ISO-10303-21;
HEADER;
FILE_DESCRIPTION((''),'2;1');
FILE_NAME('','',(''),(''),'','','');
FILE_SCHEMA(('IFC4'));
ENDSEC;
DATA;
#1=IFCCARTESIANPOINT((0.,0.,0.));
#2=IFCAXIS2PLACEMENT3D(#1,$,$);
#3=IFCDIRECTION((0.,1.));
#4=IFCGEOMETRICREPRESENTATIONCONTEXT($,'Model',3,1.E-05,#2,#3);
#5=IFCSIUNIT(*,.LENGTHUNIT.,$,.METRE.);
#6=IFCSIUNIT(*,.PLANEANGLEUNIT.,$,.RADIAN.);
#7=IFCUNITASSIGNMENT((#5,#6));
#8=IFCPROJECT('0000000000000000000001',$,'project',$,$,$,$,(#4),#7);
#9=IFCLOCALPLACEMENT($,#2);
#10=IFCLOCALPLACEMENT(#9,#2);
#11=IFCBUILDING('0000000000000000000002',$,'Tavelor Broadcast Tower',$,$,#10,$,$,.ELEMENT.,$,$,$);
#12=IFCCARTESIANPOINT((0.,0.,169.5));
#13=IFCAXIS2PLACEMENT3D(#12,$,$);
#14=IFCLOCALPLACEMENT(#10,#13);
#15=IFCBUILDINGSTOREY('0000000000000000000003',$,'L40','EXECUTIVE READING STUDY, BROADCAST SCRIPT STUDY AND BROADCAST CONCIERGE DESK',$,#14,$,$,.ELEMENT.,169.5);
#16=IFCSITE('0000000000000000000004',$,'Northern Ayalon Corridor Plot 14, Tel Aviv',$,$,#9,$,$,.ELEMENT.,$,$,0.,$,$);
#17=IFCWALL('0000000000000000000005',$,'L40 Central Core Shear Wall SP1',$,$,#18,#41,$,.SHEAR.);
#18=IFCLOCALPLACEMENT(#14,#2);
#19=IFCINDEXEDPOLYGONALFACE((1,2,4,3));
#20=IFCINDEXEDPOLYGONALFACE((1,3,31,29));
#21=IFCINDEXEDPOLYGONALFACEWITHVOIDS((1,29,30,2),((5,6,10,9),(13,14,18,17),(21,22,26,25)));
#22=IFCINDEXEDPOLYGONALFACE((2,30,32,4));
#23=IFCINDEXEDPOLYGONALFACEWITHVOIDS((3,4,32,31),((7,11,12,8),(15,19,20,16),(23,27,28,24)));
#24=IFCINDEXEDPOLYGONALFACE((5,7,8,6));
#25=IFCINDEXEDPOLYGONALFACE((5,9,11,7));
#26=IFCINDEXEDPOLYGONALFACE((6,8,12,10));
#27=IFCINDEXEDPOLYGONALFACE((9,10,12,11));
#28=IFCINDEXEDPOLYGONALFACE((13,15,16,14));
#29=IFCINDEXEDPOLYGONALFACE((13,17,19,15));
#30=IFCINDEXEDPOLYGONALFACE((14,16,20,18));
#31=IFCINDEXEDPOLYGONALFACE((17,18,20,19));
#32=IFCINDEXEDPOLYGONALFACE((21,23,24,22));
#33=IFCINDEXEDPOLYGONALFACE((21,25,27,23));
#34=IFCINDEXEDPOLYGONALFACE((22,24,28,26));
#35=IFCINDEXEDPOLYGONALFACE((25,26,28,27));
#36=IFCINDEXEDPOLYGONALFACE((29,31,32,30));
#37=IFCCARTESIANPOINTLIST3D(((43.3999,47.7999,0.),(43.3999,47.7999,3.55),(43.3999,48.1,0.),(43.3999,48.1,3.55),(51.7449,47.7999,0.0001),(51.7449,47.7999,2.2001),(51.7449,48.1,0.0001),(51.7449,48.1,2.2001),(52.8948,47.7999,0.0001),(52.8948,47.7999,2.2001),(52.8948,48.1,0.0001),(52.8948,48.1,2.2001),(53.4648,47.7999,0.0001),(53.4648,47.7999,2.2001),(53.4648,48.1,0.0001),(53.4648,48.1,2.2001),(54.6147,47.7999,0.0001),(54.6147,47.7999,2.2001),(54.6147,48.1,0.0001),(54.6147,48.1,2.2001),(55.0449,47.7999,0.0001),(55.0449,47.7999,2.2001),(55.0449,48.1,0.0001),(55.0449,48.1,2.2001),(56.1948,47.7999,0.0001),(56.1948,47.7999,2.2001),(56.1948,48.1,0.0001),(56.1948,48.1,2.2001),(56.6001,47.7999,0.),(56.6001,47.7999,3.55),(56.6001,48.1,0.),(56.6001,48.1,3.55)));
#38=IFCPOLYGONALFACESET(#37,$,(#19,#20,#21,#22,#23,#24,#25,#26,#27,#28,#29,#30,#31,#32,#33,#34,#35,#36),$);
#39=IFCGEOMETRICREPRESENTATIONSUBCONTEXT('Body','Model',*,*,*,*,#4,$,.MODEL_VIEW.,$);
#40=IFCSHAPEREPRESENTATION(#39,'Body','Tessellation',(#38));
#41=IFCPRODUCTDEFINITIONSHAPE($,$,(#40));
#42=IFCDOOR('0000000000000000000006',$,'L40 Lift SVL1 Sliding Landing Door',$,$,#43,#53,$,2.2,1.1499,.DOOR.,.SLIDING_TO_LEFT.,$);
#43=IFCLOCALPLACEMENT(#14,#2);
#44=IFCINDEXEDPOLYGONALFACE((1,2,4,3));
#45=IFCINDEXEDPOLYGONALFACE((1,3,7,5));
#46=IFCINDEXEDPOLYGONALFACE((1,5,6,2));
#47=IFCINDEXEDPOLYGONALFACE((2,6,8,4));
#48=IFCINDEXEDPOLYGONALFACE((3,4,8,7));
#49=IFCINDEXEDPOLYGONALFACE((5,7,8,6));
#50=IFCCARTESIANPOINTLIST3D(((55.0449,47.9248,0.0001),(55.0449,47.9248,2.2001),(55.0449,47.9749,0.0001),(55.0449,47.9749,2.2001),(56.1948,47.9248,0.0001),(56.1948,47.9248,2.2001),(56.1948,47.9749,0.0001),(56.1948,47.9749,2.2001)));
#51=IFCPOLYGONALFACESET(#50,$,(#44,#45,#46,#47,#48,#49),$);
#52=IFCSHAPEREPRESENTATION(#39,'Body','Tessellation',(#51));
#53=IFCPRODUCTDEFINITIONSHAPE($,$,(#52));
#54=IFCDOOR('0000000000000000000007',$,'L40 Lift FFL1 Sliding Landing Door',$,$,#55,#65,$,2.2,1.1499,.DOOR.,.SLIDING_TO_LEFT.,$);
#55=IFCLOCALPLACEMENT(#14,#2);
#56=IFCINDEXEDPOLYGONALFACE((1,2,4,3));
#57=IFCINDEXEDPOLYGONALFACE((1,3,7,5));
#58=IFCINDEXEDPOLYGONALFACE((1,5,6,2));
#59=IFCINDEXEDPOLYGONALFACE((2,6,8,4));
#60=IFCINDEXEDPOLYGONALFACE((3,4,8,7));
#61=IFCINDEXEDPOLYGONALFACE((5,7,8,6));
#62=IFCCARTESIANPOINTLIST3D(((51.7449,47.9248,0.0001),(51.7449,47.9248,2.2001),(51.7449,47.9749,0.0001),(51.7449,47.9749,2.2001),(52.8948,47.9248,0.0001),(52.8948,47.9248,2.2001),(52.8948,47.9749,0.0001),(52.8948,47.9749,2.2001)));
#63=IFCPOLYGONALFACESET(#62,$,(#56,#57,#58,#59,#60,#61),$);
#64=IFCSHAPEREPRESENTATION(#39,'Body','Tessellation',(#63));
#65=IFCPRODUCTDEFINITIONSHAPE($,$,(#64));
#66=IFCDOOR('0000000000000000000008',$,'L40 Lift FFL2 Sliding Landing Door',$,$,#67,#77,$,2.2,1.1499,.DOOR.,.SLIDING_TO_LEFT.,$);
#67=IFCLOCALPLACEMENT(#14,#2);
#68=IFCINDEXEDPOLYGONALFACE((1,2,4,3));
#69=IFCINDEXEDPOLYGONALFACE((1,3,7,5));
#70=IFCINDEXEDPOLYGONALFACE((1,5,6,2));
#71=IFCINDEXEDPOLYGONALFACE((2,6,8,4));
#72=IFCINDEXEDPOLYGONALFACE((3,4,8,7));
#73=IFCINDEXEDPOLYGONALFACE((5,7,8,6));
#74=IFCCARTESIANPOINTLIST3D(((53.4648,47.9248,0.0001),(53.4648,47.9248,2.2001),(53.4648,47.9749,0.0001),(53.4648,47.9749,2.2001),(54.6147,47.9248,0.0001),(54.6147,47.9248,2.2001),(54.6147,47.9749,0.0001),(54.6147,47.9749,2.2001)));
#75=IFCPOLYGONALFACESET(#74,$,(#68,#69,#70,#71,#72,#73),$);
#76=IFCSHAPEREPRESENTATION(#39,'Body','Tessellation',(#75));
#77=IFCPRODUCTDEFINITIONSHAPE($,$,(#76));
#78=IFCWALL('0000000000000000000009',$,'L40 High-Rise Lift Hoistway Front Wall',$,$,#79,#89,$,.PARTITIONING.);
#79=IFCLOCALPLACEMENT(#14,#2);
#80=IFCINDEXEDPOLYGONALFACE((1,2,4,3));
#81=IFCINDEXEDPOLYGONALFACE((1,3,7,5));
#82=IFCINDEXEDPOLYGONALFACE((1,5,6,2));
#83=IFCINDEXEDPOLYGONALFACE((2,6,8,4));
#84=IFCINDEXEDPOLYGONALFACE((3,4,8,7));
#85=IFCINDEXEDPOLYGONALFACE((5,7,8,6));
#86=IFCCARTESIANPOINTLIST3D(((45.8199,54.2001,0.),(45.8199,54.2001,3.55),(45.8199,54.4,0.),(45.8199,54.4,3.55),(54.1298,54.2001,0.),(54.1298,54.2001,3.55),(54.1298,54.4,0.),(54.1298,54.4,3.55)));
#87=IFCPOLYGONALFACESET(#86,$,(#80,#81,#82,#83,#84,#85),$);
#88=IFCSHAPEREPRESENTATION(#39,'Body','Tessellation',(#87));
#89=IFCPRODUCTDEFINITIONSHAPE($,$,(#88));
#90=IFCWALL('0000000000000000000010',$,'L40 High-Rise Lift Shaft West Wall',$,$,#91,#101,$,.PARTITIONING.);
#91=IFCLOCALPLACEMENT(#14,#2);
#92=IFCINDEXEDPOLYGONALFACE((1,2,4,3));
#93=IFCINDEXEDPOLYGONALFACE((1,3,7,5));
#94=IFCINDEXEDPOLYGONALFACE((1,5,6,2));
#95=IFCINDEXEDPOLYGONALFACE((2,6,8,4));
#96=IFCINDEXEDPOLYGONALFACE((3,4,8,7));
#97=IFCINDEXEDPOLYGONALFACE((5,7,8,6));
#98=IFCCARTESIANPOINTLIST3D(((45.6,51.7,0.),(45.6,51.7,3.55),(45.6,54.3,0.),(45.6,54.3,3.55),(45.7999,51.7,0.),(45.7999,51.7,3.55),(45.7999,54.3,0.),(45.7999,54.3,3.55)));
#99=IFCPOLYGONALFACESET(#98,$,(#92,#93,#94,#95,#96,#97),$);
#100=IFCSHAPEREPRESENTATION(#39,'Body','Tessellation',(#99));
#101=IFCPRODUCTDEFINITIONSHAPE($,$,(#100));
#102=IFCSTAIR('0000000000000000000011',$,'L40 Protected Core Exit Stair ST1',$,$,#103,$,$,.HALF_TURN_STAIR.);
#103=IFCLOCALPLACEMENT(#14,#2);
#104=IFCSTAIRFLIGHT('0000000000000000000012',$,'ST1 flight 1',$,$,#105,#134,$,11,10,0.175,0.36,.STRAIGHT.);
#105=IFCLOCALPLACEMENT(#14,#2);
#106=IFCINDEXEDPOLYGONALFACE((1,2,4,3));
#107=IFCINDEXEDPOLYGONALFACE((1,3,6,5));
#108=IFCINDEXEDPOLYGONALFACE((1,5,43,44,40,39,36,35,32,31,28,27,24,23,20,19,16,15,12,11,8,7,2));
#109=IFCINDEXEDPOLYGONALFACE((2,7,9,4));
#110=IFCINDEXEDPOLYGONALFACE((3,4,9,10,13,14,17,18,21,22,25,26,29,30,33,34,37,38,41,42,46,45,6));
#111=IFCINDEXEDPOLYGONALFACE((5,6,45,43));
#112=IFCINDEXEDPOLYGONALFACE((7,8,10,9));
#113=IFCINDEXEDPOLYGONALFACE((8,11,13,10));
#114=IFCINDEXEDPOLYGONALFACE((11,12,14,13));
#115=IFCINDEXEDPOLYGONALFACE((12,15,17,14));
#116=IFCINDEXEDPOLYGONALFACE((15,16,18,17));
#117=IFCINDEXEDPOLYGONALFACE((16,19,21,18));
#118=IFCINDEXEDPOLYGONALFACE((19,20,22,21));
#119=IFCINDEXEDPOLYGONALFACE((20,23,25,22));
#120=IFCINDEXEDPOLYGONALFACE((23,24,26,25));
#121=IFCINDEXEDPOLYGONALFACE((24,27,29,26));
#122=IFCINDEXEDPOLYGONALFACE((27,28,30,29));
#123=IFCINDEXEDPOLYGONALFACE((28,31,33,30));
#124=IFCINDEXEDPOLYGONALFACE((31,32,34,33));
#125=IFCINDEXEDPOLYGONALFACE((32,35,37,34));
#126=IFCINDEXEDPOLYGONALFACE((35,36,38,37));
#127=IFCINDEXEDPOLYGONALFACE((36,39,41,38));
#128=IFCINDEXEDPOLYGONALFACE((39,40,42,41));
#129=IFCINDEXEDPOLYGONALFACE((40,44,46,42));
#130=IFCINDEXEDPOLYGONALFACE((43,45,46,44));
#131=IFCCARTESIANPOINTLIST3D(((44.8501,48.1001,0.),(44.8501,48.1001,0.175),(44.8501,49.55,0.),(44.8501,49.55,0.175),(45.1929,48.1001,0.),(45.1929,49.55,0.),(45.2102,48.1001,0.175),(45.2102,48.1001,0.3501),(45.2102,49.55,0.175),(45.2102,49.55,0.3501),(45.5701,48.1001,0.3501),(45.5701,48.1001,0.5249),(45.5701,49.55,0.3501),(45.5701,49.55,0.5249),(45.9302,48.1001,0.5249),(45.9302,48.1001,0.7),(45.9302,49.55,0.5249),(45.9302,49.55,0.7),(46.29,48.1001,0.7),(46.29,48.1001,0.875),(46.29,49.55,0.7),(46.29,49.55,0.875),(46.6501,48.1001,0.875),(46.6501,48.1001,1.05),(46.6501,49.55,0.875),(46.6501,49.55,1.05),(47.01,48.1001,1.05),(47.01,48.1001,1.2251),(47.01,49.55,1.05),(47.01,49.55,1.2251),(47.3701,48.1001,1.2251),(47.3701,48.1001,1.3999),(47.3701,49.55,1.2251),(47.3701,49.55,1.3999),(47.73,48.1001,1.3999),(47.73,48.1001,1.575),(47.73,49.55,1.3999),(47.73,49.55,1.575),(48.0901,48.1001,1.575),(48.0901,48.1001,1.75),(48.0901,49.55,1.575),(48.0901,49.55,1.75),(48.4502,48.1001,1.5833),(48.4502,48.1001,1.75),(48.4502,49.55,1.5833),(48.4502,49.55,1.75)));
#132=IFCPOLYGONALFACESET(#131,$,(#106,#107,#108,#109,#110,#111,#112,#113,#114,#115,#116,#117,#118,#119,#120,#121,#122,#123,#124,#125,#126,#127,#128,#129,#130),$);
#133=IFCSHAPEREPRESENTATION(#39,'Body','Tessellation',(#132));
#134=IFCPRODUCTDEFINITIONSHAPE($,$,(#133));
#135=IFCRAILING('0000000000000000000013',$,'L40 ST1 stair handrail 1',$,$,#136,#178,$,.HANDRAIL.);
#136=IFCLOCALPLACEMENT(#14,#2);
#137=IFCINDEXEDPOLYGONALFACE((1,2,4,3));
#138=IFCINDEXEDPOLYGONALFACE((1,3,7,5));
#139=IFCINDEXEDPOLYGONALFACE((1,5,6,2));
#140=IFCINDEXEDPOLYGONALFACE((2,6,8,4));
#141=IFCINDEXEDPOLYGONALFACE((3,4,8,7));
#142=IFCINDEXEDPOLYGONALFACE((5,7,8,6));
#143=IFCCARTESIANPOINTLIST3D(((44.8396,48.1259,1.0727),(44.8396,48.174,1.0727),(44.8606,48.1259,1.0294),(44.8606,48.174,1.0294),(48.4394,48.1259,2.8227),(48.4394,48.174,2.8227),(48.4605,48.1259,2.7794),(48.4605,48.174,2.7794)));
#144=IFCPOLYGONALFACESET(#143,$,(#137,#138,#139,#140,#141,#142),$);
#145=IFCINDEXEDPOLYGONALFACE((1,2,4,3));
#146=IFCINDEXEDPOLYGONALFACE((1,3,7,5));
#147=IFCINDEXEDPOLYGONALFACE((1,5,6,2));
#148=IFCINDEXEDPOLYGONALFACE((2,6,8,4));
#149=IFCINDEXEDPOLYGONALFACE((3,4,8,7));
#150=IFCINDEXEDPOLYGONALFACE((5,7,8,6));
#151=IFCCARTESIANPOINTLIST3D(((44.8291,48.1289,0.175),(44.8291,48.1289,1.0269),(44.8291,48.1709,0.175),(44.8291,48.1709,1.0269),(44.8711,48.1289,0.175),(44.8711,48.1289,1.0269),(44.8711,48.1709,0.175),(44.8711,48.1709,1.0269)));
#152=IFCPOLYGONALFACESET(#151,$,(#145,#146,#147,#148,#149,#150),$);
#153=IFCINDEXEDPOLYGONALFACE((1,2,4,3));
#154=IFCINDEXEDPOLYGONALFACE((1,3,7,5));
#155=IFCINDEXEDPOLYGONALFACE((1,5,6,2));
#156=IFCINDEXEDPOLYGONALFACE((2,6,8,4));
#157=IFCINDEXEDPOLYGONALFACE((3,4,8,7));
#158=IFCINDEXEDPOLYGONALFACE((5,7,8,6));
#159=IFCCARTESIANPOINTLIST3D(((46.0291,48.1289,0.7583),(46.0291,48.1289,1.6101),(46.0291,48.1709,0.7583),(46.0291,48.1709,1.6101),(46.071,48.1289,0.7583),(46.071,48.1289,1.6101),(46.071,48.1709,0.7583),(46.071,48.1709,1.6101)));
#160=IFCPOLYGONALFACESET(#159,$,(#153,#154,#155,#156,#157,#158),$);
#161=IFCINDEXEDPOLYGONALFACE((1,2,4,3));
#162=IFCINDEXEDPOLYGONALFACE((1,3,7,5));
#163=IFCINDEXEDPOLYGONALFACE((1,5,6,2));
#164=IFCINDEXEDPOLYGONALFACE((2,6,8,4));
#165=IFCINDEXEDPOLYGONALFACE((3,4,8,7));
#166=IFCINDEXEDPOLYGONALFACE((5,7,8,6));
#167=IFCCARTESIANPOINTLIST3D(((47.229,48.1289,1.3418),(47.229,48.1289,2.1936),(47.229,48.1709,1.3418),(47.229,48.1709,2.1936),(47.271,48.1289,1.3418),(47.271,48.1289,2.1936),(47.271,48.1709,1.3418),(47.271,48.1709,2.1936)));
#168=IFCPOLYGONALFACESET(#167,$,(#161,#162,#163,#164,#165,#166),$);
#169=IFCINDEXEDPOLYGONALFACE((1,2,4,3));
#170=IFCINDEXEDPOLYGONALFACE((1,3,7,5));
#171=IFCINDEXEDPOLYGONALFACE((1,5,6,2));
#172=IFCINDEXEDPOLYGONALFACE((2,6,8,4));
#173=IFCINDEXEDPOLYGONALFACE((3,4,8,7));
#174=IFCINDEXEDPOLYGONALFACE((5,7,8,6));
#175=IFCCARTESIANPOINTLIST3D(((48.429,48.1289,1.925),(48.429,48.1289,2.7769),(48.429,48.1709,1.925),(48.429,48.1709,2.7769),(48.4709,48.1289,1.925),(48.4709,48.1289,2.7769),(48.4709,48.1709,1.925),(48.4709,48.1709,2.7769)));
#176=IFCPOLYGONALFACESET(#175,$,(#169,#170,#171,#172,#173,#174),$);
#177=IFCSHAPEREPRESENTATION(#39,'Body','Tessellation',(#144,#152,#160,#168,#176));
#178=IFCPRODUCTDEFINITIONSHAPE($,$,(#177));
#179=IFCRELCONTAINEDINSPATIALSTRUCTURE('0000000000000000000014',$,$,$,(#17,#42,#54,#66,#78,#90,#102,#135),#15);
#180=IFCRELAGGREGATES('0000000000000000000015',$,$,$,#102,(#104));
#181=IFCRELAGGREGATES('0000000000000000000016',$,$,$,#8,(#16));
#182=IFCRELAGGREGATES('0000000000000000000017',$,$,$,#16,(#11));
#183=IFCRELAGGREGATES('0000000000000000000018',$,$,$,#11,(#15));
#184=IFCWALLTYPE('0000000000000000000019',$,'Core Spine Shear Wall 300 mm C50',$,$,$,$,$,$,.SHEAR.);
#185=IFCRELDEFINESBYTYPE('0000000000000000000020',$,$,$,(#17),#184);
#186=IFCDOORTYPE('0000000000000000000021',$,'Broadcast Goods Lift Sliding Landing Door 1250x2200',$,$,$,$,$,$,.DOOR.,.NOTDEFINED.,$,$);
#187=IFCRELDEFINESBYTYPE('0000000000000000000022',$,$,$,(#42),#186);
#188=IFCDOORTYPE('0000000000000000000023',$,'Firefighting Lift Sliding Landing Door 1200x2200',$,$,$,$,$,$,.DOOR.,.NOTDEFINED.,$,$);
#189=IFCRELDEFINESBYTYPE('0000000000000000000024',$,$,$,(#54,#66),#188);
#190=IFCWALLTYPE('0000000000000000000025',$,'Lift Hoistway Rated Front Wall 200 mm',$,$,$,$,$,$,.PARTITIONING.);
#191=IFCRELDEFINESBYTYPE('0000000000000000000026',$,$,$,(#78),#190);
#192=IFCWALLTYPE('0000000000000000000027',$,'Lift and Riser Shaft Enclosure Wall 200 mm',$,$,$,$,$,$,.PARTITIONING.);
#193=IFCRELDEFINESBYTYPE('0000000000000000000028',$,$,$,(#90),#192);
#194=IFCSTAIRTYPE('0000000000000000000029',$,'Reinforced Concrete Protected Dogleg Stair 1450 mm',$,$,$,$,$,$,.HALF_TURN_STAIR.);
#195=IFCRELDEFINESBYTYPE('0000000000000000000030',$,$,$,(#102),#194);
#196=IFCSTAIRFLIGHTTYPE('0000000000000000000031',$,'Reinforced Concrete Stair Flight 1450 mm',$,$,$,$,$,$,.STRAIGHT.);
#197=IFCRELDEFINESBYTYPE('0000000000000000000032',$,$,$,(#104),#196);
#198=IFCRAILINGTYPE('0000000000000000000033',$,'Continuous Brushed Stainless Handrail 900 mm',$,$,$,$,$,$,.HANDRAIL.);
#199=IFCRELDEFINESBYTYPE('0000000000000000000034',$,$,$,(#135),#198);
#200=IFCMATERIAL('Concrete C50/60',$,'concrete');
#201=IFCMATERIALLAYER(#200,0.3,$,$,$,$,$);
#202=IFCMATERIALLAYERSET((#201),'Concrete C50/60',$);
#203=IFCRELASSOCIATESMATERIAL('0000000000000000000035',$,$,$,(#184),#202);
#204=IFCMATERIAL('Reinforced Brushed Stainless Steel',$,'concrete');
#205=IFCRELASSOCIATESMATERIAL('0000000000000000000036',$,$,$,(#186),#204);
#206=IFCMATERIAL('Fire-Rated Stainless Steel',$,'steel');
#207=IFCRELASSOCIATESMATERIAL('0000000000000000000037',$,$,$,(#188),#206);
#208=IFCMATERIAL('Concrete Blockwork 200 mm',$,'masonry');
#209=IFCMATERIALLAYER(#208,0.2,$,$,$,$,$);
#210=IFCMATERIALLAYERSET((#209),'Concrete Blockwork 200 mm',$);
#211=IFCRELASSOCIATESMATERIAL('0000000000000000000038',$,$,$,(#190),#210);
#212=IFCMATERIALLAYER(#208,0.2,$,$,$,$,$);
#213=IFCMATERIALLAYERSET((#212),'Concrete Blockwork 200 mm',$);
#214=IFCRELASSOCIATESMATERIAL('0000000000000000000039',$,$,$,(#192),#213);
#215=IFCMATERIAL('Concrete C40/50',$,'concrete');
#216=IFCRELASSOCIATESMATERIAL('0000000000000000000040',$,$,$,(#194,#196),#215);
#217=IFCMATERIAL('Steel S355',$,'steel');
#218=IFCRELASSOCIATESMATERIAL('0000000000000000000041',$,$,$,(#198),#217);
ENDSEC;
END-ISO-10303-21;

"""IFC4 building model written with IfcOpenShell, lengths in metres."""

from ifc_helpers import new_model, si_unit, direction, frame, frame_2d, origin, origin_2d, place, context, subcontext, project, spatial, polyline, rectangle, outline, extrude, material, layer, layer_set, type_object, element, fill, aggregate, save


model = new_model("IFC4")

# Units and contexts
model_context = context("Model", 3, precision=1e-05, world=origin(), true_north=direction((0.0, 1.0)))
body_context = subcontext(model_context, "Body", "Model", "MODEL_VIEW")
ifc_project = project(units=[si_unit("LENGTHUNIT", "METRE"), si_unit("PLANEANGLEUNIT", "RADIAN")], contexts=[model_context])

# Site, building, storey
site_placement = place(None, origin())
site = spatial("IfcSite", under=ifc_project, at=site_placement, Name="Northern Ayalon Corridor Plot 14, Tel Aviv", CompositionType="ELEMENT", RefElevation=0.0)
building_placement = place(site_placement, origin())
building = spatial("IfcBuilding", under=site, at=building_placement, Name="Tavelor Broadcast Tower", CompositionType="ELEMENT")
storey_placement = place(building_placement, frame((0.0, 0.0, 169.5)))
storey = spatial("IfcBuildingStorey", under=building, at=storey_placement, Name="L40", Description="EXECUTIVE READING STUDY, BROADCAST SCRIPT STUDY AND BROADCAST CONCIERGE DESK", CompositionType="ELEMENT", Elevation=169.5)

# Shared definitions
ifc_material_1 = material(Name="Steel S355", Category="steel")

# Shared definitions
ifc_material_2 = material(Name="Concrete C50/60", Category="concrete")

# Wall, openings, doors
ifc_layer_1 = layer(ifc_material_2, 0.3)
ifc_layer_set_1 = layer_set([ifc_layer_1], Name="Concrete C50/60")
wall_type_1 = type_object("IfcWallType", Name="Core Spine Shear Wall 300 mm C50", PredefinedType="SHEAR", material=ifc_layer_set_1)
wall_1_placement = place(storey_placement, frame((43.3999, 47.95, 0.0), z_axis=(0.0, 0.0, 1.0), x_axis=(1.0, 0.0, 0.0)))
wall_1 = element("IfcWall", 1, at=wall_1_placement, inside=storey, type_object=wall_type_1, Name="L40 Central Core Shear Wall SP1", PredefinedType="SHEAR", context=body_context, shape_type="SweptSolid", body=[
    extrude(rectangle(XDim=13.2002, YDim=0.3, at=frame_2d((6.6001, 0.0))), origin(), (0.0, 0.0, 1.0), 3.55),
])
opening_1_placement = place(wall_1_placement, frame((8.345, 0.0, 0.0)))
opening_1 = element("IfcOpeningElement", 2, at=opening_1_placement, cuts=wall_1, PredefinedType="OPENING", context=body_context, shape_type="SweptSolid", body=[
    extrude(rectangle(XDim=1.1499, YDim=2.2, at=frame_2d((0.575, 1.1001))), frame((0.0, 0.1602, 0.0), z_axis=(0.0, -1.0, 0.0), x_axis=(1.0, 0.0, 0.0)), (0.0, 0.0, 1.0), 0.3201),
])
opening_2_placement = place(wall_1_placement, frame((10.0649, 0.0, 0.0)))
opening_2 = element("IfcOpeningElement", 3, at=opening_2_placement, cuts=wall_1, PredefinedType="OPENING", context=body_context, shape_type="SweptSolid", body=[
    extrude(rectangle(XDim=1.1499, YDim=2.2, at=frame_2d((0.575, 1.1001))), frame((0.0, 0.1602, 0.0), z_axis=(0.0, -1.0, 0.0), x_axis=(1.0, 0.0, 0.0)), (0.0, 0.0, 1.0), 0.3201),
])
opening_3_placement = place(wall_1_placement, frame((11.645, 0.0, 0.0)))
opening_3 = element("IfcOpeningElement", 4, at=opening_3_placement, cuts=wall_1, PredefinedType="OPENING", context=body_context, shape_type="SweptSolid", body=[
    extrude(rectangle(XDim=1.1499, YDim=2.2, at=frame_2d((0.575, 1.1001))), frame((0.0, 0.1602, 0.0), z_axis=(0.0, -1.0, 0.0), x_axis=(1.0, 0.0, 0.0)), (0.0, 0.0, 1.0), 0.3201),
])
ifc_material_3 = material(Name="Reinforced Brushed Stainless Steel", Category="concrete")
door_type_1 = type_object("IfcDoorType", Name="Broadcast Goods Lift Sliding Landing Door 1250x2200", OperationType="NOTDEFINED", PredefinedType="DOOR", material=ifc_material_3)
door_1_placement = place(opening_3_placement, origin())
door_1 = element("IfcDoor", 5, at=door_1_placement, inside=storey, type_object=door_type_1, Name="L40 Lift SVL1 Sliding Landing Door", OperationType="SLIDING_TO_LEFT", OverallHeight=2.2, OverallWidth=1.1499, PredefinedType="DOOR", context=body_context, shape_type="SweptSolid", body=[
    extrude(rectangle(XDim=1.1499, YDim=2.2, at=frame_2d((0.575, 1.1001))), frame((0.0, 0.0249, 0.0), z_axis=(0.0, -1.0, 0.0), x_axis=(1.0, 0.0, 0.0)), (0.0, 0.0, 1.0), 0.05),
])
fill(opening_3, door_1)
ifc_material_4 = material(Name="Fire-Rated Stainless Steel", Category="steel")
door_type_2 = type_object("IfcDoorType", Name="Firefighting Lift Sliding Landing Door 1200x2200", OperationType="NOTDEFINED", PredefinedType="DOOR", material=ifc_material_4)
door_2_placement = place(opening_1_placement, origin())
door_2 = element("IfcDoor", 6, at=door_2_placement, inside=storey, type_object=door_type_2, Name="L40 Lift FFL1 Sliding Landing Door", OperationType="SLIDING_TO_LEFT", OverallHeight=2.2, OverallWidth=1.1499, PredefinedType="DOOR", context=body_context, shape_type="SweptSolid", body=[
    extrude(rectangle(XDim=1.1499, YDim=2.2, at=frame_2d((0.575, 1.1001))), frame((0.0, 0.0249, 0.0), z_axis=(0.0, -1.0, 0.0), x_axis=(1.0, 0.0, 0.0)), (0.0, 0.0, 1.0), 0.05),
])
fill(opening_1, door_2)
door_3_placement = place(opening_2_placement, origin())
door_3 = element("IfcDoor", 7, at=door_3_placement, inside=storey, type_object=door_type_2, Name="L40 Lift FFL2 Sliding Landing Door", OperationType="SLIDING_TO_LEFT", OverallHeight=2.2, OverallWidth=1.1499, PredefinedType="DOOR", context=body_context, shape_type="SweptSolid", body=[
    extrude(rectangle(XDim=1.1499, YDim=2.2, at=frame_2d((0.575, 1.1001))), frame((0.0, 0.0249, 0.0), z_axis=(0.0, -1.0, 0.0), x_axis=(1.0, 0.0, 0.0)), (0.0, 0.0, 1.0), 0.05),
])
fill(opening_2, door_3)

# Walls
ifc_material_5 = material(Name="Concrete Blockwork 200 mm", Category="masonry")
ifc_layer_2 = layer(ifc_material_5, 0.2)
ifc_layer_set_2 = layer_set([ifc_layer_2], Name="Concrete Blockwork 200 mm")
wall_type_2 = type_object("IfcWallType", Name="Lift Hoistway Rated Front Wall 200 mm", PredefinedType="PARTITIONING", material=ifc_layer_set_2)
wall_2_placement = place(storey_placement, frame((45.8201, 54.3, 0.0), z_axis=(0.0, 0.0, 1.0), x_axis=(1.0, 0.0, 0.0)))
element("IfcWall", 8, at=wall_2_placement, inside=storey, type_object=wall_type_2, Name="L40 High-Rise Lift Hoistway Front Wall", PredefinedType="PARTITIONING", context=body_context, shape_type="SweptSolid", body=[
    extrude(rectangle(XDim=8.3098, YDim=0.2, at=frame_2d((4.1548, 0.0))), origin(), (0.0, 0.0, 1.0), 3.55),
])
ifc_layer_3 = layer(ifc_material_5, 0.2)
ifc_layer_set_3 = layer_set([ifc_layer_3], Name="Concrete Blockwork 200 mm")
wall_type_3 = type_object("IfcWallType", Name="Lift and Riser Shaft Enclosure Wall 200 mm", PredefinedType="PARTITIONING", material=ifc_layer_set_3)
wall_3_placement = place(storey_placement, frame((45.7, 51.7, 0.0), z_axis=(0.0, 0.0, 1.0), x_axis=(0.0, 1.0, 0.0)))
element("IfcWall", 9, at=wall_3_placement, inside=storey, type_object=wall_type_3, Name="L40 High-Rise Lift Shaft West Wall", PredefinedType="PARTITIONING", context=body_context, shape_type="SweptSolid", body=[
    extrude(rectangle(XDim=2.6001, YDim=0.2, at=frame_2d((1.3, 0.0))), origin(), (0.0, 0.0, 1.0), 3.55),
])

# Stair, stair flight
ifc_material_6 = material(Name="Concrete C40/50", Category="concrete")
stair_type = type_object("IfcStairType", Name="Reinforced Concrete Protected Dogleg Stair 1450 mm", PredefinedType="HALF_TURN_STAIR", material=ifc_material_6)
stair_placement = place(storey_placement, origin())
stair = element("IfcStair", 10, at=stair_placement, inside=storey, type_object=stair_type, Name="L40 Protected Core Exit Stair ST1", PredefinedType="HALF_TURN_STAIR")
stair_flight_type = type_object("IfcStairFlightType", Name="Reinforced Concrete Stair Flight 1450 mm", PredefinedType="STRAIGHT", material=ifc_material_6)
stair_flight_placement = place(storey_placement, frame((44.8501, 48.825, 0.0), z_axis=(0.0, 0.0, 1.0), x_axis=(1.0, 0.0, 0.0)))
stair_flight = element("IfcStairFlight", 11, at=stair_flight_placement, type_object=stair_flight_type, Name="ST1 flight 1", NumberOfRisers=11, NumberOfTreads=10, PredefinedType="STRAIGHT", RiserHeight=0.175, TreadLength=0.36, context=body_context, shape_type="SweptSolid", body=[
    extrude(outline(polyline([(0.0, 0.0), (0.0, 0.175), (0.3601, 0.175), (0.3601, 0.3501), (0.72, 0.3501), (0.72, 0.5249), (1.0801, 0.5249), (1.0801, 0.7), (1.4399, 0.7), (1.4399, 0.875), (1.8, 0.875), (1.8, 1.05), (2.1599, 1.05), (2.1599, 1.2251), (2.52, 1.2251), (2.52, 1.3999), (2.8799, 1.3999), (2.8799, 1.575), (3.24, 1.575), (3.24, 1.75), (3.6001, 1.75), (3.6001, 1.925), (3.6001, 1.5833), (0.3428, 0.0), (0.0, 0.0)])), frame((0.0, 0.7251, 0.0), z_axis=(0.0, -1.0, 0.0), x_axis=(1.0, 0.0, 0.0)), (0.0, 0.0, 1.0), 1.45),
])
aggregate(stair, [stair_flight])

# Railing
railing_type_1 = type_object("IfcRailingType", Name="Continuous Brushed Stainless Handrail 900 mm", PredefinedType="HANDRAIL", material=ifc_material_1)
railing_1_placement = place(storey_placement, frame((44.8501, 48.1499, 0.175)))
element("IfcRailing", 12, at=railing_1_placement, inside=storey, type_object=railing_type_1, Name="L40 ST1 stair handrail 1", PredefinedType="HANDRAIL", context=body_context, shape_type="SweptSolid", body=[
    extrude(rectangle(XDim=0.0481, YDim=0.0481, at=origin_2d()), frame((0.0, 0.0, 0.876), z_axis=(0.899361, 0.0, 0.437207), x_axis=(0.0, 1.0, 0.0)), (0.0, 0.0, 1.0), 4.0027),
    extrude(rectangle(XDim=0.042, YDim=0.042, at=origin_2d()), origin(), (0.0, 0.0, 1.0), 0.8518),
    extrude(rectangle(XDim=0.042, YDim=0.042, at=origin_2d()), frame((1.2, 0.0, 0.5833)), (0.0, 0.0, 1.0), 0.8518),
    extrude(rectangle(XDim=0.042, YDim=0.042, at=origin_2d()), frame((2.3999, 0.0, 1.1667)), (0.0, 0.0, 1.0), 0.8518),
    extrude(rectangle(XDim=0.042, YDim=0.042, at=origin_2d()), frame((3.5999, 0.0, 1.75)), (0.0, 0.0, 1.0), 0.8518),
])

save(model, "model.ifc")
